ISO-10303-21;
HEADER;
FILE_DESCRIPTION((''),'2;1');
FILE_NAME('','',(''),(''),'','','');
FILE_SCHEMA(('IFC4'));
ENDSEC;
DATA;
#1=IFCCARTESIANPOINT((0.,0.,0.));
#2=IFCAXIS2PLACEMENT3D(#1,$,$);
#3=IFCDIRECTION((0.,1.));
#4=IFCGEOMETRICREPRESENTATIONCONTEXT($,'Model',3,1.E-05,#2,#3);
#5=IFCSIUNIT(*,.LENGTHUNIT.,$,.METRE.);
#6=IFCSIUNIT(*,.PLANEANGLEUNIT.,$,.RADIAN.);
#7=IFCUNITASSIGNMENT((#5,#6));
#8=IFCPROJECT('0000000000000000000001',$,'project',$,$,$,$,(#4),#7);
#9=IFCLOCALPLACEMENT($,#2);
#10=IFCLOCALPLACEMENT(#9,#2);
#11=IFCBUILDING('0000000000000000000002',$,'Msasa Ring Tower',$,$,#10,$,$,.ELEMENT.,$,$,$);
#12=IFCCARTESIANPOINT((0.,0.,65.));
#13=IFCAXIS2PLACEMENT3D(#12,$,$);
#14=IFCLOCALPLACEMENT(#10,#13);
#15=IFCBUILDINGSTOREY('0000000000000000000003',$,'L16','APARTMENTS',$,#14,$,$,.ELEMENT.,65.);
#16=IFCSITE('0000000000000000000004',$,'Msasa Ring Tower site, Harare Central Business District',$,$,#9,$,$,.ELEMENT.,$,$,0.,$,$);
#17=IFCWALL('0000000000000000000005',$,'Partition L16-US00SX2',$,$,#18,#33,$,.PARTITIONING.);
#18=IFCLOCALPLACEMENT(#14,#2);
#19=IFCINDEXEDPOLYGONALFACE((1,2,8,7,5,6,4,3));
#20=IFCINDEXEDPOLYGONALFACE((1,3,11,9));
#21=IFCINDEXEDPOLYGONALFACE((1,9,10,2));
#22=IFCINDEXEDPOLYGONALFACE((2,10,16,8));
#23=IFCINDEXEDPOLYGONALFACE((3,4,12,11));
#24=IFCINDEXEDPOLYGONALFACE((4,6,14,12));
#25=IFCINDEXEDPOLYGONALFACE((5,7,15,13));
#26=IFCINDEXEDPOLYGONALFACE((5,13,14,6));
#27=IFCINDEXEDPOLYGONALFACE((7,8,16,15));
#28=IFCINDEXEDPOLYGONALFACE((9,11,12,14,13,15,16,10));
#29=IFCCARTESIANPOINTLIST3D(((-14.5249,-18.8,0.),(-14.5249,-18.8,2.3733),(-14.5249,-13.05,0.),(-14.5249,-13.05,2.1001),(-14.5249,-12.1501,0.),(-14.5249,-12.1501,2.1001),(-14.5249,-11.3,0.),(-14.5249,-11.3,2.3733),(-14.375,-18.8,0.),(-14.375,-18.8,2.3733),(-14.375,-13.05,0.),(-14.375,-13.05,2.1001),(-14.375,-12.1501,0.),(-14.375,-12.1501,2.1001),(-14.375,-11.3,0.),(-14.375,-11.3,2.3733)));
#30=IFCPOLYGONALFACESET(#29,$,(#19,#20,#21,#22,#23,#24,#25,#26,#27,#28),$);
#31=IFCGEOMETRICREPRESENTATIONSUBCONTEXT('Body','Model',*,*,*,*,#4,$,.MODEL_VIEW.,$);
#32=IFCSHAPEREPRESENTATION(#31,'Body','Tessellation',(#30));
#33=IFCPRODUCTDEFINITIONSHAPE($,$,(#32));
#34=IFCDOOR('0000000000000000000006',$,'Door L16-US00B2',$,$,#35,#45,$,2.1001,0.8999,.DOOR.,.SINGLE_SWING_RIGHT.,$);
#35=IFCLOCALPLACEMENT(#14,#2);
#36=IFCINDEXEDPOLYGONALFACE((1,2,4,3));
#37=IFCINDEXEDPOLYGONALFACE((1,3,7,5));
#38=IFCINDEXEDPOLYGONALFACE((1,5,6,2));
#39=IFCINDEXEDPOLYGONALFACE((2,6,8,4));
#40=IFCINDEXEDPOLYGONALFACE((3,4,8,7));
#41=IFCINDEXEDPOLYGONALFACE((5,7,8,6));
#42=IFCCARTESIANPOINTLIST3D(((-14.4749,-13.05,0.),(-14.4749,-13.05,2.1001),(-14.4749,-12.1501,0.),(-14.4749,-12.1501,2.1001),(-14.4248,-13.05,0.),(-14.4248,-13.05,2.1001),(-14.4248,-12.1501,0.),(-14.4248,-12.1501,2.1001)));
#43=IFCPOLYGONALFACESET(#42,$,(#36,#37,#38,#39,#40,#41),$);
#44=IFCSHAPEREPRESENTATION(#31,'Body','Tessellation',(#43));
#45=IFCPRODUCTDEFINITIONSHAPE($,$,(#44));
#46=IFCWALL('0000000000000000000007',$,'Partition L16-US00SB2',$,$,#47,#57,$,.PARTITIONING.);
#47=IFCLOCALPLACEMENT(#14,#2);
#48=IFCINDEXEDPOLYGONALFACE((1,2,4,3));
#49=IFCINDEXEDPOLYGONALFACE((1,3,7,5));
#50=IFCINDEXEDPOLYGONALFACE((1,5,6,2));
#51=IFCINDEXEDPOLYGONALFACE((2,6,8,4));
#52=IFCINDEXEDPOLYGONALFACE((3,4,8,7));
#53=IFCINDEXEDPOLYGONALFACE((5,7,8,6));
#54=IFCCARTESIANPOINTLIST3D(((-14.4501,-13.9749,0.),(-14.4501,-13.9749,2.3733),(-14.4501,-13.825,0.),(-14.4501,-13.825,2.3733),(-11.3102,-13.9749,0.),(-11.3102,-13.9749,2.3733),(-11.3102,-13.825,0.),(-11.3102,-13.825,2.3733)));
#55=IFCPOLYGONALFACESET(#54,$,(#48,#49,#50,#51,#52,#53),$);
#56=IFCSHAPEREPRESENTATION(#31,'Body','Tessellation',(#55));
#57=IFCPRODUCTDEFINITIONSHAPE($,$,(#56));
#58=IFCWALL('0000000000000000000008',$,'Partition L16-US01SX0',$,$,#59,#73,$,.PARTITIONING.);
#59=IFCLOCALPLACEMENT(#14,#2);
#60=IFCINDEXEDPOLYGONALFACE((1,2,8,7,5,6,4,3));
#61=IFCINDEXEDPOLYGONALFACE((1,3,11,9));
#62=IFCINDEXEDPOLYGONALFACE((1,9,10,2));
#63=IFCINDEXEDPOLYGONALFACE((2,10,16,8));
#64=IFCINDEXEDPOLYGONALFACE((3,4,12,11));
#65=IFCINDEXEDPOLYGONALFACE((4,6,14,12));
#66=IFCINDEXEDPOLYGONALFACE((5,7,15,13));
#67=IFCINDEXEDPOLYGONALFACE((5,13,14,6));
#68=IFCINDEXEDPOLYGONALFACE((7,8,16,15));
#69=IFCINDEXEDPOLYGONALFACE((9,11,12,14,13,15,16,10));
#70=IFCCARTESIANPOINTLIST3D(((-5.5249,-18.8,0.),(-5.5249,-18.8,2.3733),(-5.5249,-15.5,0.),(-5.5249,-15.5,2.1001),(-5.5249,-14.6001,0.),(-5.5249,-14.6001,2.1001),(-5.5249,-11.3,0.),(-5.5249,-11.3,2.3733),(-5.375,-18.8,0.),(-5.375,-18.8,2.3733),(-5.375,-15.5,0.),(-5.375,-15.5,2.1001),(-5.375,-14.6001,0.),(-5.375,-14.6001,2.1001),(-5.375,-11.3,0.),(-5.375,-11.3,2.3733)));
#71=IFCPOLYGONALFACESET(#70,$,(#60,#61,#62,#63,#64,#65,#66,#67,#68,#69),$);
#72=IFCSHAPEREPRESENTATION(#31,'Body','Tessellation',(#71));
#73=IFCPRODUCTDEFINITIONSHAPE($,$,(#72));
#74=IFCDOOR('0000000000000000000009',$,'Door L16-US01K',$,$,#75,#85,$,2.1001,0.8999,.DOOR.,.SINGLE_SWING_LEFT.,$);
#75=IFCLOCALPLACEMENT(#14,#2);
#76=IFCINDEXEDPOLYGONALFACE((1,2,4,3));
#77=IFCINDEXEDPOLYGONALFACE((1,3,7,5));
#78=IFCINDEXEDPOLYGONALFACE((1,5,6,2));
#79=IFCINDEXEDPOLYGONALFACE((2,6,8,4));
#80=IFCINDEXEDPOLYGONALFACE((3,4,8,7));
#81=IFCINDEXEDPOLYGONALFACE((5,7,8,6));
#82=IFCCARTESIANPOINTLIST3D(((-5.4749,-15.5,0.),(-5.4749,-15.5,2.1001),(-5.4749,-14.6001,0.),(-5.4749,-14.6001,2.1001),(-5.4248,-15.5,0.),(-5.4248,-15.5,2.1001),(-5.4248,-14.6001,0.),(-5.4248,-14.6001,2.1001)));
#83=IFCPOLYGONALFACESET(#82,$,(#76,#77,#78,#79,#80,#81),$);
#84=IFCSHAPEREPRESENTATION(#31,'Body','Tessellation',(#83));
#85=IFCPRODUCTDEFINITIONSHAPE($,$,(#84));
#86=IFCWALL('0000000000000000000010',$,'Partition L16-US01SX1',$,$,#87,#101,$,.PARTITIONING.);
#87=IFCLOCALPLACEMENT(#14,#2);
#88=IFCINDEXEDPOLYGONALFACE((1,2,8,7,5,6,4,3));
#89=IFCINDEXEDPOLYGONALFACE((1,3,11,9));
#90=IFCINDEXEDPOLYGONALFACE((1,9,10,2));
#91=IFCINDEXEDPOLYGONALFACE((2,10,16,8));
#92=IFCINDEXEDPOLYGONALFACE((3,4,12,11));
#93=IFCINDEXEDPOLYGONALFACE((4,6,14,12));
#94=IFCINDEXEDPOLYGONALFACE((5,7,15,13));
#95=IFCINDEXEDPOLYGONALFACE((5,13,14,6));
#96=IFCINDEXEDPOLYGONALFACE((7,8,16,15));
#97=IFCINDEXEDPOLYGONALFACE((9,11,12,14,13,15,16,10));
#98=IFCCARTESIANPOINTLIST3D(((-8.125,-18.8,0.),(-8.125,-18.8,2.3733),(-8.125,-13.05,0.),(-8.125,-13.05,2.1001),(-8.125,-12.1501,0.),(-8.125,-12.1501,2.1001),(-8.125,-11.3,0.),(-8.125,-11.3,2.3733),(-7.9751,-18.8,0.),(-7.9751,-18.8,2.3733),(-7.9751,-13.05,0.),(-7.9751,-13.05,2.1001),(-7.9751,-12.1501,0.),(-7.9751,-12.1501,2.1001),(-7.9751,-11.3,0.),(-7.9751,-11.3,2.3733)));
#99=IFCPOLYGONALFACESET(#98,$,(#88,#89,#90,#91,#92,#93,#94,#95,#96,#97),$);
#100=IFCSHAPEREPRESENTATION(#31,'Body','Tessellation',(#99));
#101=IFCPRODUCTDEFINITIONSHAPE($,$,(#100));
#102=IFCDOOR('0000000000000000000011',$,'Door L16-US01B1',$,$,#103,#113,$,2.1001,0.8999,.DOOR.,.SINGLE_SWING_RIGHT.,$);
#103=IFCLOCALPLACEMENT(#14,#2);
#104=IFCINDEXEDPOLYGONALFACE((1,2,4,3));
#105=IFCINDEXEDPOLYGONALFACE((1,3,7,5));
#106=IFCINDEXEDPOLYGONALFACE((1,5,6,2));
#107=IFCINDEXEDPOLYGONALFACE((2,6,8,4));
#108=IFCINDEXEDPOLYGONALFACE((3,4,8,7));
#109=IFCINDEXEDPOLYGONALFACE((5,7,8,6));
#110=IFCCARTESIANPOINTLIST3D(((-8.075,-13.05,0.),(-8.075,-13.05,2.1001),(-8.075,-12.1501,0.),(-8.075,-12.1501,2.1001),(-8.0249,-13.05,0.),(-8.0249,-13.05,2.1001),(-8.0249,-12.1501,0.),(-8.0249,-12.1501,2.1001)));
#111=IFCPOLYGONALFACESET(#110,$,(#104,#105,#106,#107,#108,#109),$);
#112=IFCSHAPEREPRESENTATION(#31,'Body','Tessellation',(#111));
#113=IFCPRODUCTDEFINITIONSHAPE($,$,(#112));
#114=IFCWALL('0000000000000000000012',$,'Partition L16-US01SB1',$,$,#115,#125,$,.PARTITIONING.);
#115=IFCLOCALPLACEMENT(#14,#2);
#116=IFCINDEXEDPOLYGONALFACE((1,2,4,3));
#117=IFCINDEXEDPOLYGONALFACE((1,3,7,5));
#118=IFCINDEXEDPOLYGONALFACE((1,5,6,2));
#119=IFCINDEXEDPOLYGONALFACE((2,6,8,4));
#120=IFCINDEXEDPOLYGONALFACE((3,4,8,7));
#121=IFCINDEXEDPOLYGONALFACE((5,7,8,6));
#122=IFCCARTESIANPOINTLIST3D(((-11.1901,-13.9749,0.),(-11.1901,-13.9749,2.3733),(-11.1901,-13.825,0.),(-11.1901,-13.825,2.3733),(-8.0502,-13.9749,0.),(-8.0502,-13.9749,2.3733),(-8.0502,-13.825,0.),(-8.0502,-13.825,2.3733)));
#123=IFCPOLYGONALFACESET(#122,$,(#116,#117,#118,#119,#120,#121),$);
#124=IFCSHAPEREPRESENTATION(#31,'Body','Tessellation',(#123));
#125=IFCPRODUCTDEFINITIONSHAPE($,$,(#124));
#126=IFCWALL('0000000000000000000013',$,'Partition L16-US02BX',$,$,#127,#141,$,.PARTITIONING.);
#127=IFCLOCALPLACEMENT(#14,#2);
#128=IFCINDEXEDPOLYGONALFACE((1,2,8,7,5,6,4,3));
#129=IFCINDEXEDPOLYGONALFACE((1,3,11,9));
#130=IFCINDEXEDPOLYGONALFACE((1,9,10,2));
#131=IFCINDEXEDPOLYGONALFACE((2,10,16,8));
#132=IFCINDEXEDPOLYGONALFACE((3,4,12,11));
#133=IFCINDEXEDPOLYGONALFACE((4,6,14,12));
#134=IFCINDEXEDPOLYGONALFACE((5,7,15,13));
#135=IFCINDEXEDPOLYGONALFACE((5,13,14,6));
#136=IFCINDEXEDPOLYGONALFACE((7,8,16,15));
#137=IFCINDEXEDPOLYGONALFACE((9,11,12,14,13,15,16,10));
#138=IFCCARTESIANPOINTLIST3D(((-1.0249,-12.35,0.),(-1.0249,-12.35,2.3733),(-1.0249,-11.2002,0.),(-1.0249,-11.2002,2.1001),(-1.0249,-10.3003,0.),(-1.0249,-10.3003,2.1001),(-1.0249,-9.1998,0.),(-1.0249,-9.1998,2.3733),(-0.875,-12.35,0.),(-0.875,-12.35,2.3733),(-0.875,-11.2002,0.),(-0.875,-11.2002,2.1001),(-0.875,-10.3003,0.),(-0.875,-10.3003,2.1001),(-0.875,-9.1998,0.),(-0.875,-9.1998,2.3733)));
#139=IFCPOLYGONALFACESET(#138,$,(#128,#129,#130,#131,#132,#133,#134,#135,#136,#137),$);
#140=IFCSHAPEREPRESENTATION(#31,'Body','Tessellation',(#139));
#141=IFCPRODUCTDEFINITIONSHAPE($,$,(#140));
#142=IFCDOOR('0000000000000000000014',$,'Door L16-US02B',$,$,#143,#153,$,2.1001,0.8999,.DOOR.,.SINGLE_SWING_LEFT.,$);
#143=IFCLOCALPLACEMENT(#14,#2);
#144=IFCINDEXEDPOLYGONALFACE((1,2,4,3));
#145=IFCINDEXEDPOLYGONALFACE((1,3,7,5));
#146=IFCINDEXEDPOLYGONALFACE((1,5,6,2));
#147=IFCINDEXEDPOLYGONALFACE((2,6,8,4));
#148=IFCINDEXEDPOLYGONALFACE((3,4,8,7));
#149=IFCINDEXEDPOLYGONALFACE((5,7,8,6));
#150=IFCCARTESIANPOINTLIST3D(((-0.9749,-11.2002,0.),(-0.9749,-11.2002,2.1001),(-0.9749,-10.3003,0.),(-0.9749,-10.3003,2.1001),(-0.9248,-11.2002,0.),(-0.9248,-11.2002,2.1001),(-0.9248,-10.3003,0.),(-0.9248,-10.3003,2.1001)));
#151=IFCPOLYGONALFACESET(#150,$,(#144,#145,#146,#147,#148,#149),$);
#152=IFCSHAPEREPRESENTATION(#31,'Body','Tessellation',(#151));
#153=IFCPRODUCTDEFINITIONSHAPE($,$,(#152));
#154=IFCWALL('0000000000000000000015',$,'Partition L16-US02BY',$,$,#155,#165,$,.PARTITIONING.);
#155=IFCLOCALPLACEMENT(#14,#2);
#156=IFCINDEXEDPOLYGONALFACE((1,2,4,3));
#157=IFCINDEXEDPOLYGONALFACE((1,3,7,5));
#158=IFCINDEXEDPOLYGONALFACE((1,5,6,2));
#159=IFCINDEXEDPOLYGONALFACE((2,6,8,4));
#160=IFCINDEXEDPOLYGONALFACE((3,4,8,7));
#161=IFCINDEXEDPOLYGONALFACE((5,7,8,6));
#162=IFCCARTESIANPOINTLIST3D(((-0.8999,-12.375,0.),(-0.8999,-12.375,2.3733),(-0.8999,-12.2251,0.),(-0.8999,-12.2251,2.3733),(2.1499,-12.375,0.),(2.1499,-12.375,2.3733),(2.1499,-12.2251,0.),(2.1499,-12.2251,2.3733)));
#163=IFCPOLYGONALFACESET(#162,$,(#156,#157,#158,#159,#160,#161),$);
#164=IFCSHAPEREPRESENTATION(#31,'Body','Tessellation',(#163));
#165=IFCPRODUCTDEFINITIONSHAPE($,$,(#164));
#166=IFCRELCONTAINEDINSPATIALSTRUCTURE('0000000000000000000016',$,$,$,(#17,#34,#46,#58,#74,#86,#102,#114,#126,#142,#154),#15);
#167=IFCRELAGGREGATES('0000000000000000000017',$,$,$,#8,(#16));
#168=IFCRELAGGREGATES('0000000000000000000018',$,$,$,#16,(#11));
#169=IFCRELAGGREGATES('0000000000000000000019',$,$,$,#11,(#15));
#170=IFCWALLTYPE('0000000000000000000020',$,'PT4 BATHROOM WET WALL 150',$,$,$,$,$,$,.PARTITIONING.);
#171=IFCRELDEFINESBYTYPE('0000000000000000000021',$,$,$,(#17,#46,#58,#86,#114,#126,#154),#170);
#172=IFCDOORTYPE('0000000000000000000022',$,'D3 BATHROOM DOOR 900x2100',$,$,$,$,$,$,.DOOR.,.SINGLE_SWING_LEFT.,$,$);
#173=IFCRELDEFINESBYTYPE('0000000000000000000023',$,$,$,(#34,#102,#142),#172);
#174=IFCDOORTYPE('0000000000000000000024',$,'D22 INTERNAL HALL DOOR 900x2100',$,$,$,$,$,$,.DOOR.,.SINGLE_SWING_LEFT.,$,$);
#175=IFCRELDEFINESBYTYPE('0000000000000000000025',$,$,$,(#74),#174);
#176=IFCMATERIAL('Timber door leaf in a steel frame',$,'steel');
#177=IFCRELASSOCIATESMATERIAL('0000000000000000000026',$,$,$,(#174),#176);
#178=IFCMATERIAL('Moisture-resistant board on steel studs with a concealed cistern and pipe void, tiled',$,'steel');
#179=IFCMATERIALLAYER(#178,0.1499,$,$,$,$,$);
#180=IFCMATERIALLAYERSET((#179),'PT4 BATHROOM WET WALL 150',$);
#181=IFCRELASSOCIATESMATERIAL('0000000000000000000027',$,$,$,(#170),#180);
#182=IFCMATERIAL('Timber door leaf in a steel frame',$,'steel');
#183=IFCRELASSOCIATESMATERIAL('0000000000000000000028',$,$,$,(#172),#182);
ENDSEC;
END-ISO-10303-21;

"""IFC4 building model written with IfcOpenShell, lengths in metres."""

from ifc_helpers import new_model, si_unit, direction, frame, frame_2d, origin, place, context, subcontext, project, spatial, rectangle, extrude, material, layer, layer_set, type_object, element, fill, save


model = new_model("IFC4")

# Units and contexts
model_context = context("Model", 3, precision=1e-05, world=origin(), true_north=direction((0.0, 1.0)))
body_context = subcontext(model_context, "Body", "Model", "MODEL_VIEW")
ifc_project = project(units=[si_unit("LENGTHUNIT", "METRE"), si_unit("PLANEANGLEUNIT", "RADIAN")], contexts=[model_context])

# Site, building, storey
site_placement = place(None, origin())
site = spatial("IfcSite", under=ifc_project, at=site_placement, Name="Msasa Ring Tower site, Harare Central Business District", CompositionType="ELEMENT", RefElevation=0.0)
building_placement = place(site_placement, origin())
building = spatial("IfcBuilding", under=site, at=building_placement, Name="Msasa Ring Tower", CompositionType="ELEMENT")
storey_placement = place(building_placement, frame((0.0, 0.0, 65.0)))
storey = spatial("IfcBuildingStorey", under=building, at=storey_placement, Name="L16", Description="APARTMENTS", CompositionType="ELEMENT", Elevation=65.0)

# Shared definitions
ifc_material_1 = material(Name="Timber door leaf in a steel frame", Category="steel")
door_type_1 = type_object("IfcDoorType", Name="D22 INTERNAL HALL DOOR 900x2100", OperationType="SINGLE_SWING_LEFT", PredefinedType="DOOR", material=ifc_material_1)

# Wall, opening, door
ifc_material_2 = material(Name="Moisture-resistant board on steel studs with a concealed cistern and pipe void, tiled", Category="steel")
ifc_layer_1 = layer(ifc_material_2, 0.1499)
ifc_layer_set_1 = layer_set([ifc_layer_1], Name="PT4 BATHROOM WET WALL 150")
wall_type_1 = type_object("IfcWallType", Name="PT4 BATHROOM WET WALL 150", PredefinedType="PARTITIONING", material=ifc_layer_set_1)
wall_1_placement = place(storey_placement, frame((-14.45, -18.8, 0.0), z_axis=(0.0, 0.0, 1.0), x_axis=(0.0, 1.0, 0.0)))
wall_1 = element("IfcWall", 1, at=wall_1_placement, inside=storey, type_object=wall_type_1, Name="Partition L16-US00SX2", PredefinedType="PARTITIONING", context=body_context, shape_type="SweptSolid", body=[
    extrude(rectangle(XDim=7.5, YDim=0.1499, at=frame_2d((3.75, 0.0))), origin(), (0.0, 0.0, 1.0), 2.3733),
])
opening_1_placement = place(wall_1_placement, frame((5.75, 0.0, 0.0)))
opening_1 = element("IfcOpeningElement", 2, at=opening_1_placement, cuts=wall_1, PredefinedType="OPENING", context=body_context, shape_type="SweptSolid", body=[
    extrude(rectangle(XDim=0.8999, YDim=2.1001, at=frame_2d((0.45, 1.05))), frame((0.0, 0.085, 0.0), z_axis=(0.0, -1.0, 0.0), x_axis=(1.0, 0.0, 0.0)), (0.0, 0.0, 1.0), 0.1699),
])
ifc_material_3 = material(Name="Timber door leaf in a steel frame", Category="steel")
door_type_2 = type_object("IfcDoorType", Name="D3 BATHROOM DOOR 900x2100", OperationType="SINGLE_SWING_LEFT", PredefinedType="DOOR", material=ifc_material_3)
door_1_placement = place(opening_1_placement, origin())
door_1 = element("IfcDoor", 3, at=door_1_placement, inside=storey, type_object=door_type_2, Name="Door L16-US00B2", OperationType="SINGLE_SWING_RIGHT", OverallHeight=2.1001, OverallWidth=0.8999, PredefinedType="DOOR", context=body_context, shape_type="SweptSolid", body=[
    extrude(rectangle(XDim=0.8999, YDim=2.1001, at=frame_2d((0.45, 1.05))), frame((0.0, 0.0249, 0.0), z_axis=(0.0, -1.0, 0.0), x_axis=(1.0, 0.0, 0.0)), (0.0, 0.0, 1.0), 0.05),
])
fill(opening_1, door_1)

# Wall
wall_2_placement = place(storey_placement, frame((-14.45, -13.8999, 0.0), z_axis=(0.0, 0.0, 1.0), x_axis=(1.0, 0.0, 0.0)))
element("IfcWall", 4, at=wall_2_placement, inside=storey, type_object=wall_type_1, Name="Partition L16-US00SB2", PredefinedType="PARTITIONING", context=body_context, shape_type="SweptSolid", body=[
    extrude(rectangle(XDim=3.1399, YDim=0.1499, at=frame_2d((1.5698, 0.0))), origin(), (0.0, 0.0, 1.0), 2.3733),
])

# Walls, openings, doors
wall_3_placement = place(storey_placement, frame((-5.45, -18.8, 0.0), z_axis=(0.0, 0.0, 1.0), x_axis=(0.0, 1.0, 0.0)))
wall_3 = element("IfcWall", 5, at=wall_3_placement, inside=storey, type_object=wall_type_1, Name="Partition L16-US01SX0", PredefinedType="PARTITIONING", context=body_context, shape_type="SweptSolid", body=[
    extrude(rectangle(XDim=7.5, YDim=0.1499, at=frame_2d((3.75, 0.0))), origin(), (0.0, 0.0, 1.0), 2.3733),
])
opening_2_placement = place(wall_3_placement, frame((3.3, 0.0, 0.0)))
opening_2 = element("IfcOpeningElement", 6, at=opening_2_placement, cuts=wall_3, PredefinedType="OPENING", context=body_context, shape_type="SweptSolid", body=[
    extrude(rectangle(XDim=0.8999, YDim=2.1001, at=frame_2d((0.45, 1.05))), frame((0.0, 0.085, 0.0), z_axis=(0.0, -1.0, 0.0), x_axis=(1.0, 0.0, 0.0)), (0.0, 0.0, 1.0), 0.1699),
])
door_2_placement = place(opening_2_placement, origin())
door_2 = element("IfcDoor", 7, at=door_2_placement, inside=storey, type_object=door_type_1, Name="Door L16-US01K", OperationType="SINGLE_SWING_LEFT", OverallHeight=2.1001, OverallWidth=0.8999, PredefinedType="DOOR", context=body_context, shape_type="SweptSolid", body=[
    extrude(rectangle(XDim=0.8999, YDim=2.1001, at=frame_2d((0.45, 1.05))), frame((0.0, 0.0249, 0.0), z_axis=(0.0, -1.0, 0.0), x_axis=(1.0, 0.0, 0.0)), (0.0, 0.0, 1.0), 0.05),
])
fill(opening_2, door_2)
wall_4_placement = place(storey_placement, frame((-8.05, -18.8, 0.0), z_axis=(0.0, 0.0, 1.0), x_axis=(0.0, 1.0, 0.0)))
wall_4 = element("IfcWall", 8, at=wall_4_placement, inside=storey, type_object=wall_type_1, Name="Partition L16-US01SX1", PredefinedType="PARTITIONING", context=body_context, shape_type="SweptSolid", body=[
    extrude(rectangle(XDim=7.5, YDim=0.1499, at=frame_2d((3.75, 0.0))), origin(), (0.0, 0.0, 1.0), 2.3733),
])
opening_3_placement = place(wall_4_placement, frame((5.75, 0.0, 0.0)))
opening_3 = element("IfcOpeningElement", 9, at=opening_3_placement, cuts=wall_4, PredefinedType="OPENING", context=body_context, shape_type="SweptSolid", body=[
    extrude(rectangle(XDim=0.8999, YDim=2.1001, at=frame_2d((0.45, 1.05))), frame((0.0, 0.085, 0.0), z_axis=(0.0, -1.0, 0.0), x_axis=(1.0, 0.0, 0.0)), (0.0, 0.0, 1.0), 0.1699),
])
door_3_placement = place(opening_3_placement, origin())
door_3 = element("IfcDoor", 10, at=door_3_placement, inside=storey, type_object=door_type_2, Name="Door L16-US01B1", OperationType="SINGLE_SWING_RIGHT", OverallHeight=2.1001, OverallWidth=0.8999, PredefinedType="DOOR", context=body_context, shape_type="SweptSolid", body=[
    extrude(rectangle(XDim=0.8999, YDim=2.1001, at=frame_2d((0.45, 1.05))), frame((0.0, 0.0249, 0.0), z_axis=(0.0, -1.0, 0.0), x_axis=(1.0, 0.0, 0.0)), (0.0, 0.0, 1.0), 0.05),
])
fill(opening_3, door_3)

# Wall
wall_5_placement = place(storey_placement, frame((-11.1899, -13.8999, 0.0), z_axis=(0.0, 0.0, 1.0), x_axis=(1.0, 0.0, 0.0)))
element("IfcWall", 11, at=wall_5_placement, inside=storey, type_object=wall_type_1, Name="Partition L16-US01SB1", PredefinedType="PARTITIONING", context=body_context, shape_type="SweptSolid", body=[
    extrude(rectangle(XDim=3.1399, YDim=0.1499, at=frame_2d((1.5698, 0.0))), origin(), (0.0, 0.0, 1.0), 2.3733),
])

# Wall, opening, door
wall_6_placement = place(storey_placement, frame((-0.95, -12.3501, 0.0), z_axis=(0.0, 0.0, 1.0), x_axis=(0.0, 1.0, 0.0)))
wall_6 = element("IfcWall", 12, at=wall_6_placement, inside=storey, type_object=wall_type_1, Name="Partition L16-US02BX", PredefinedType="PARTITIONING", context=body_context, shape_type="SweptSolid", body=[
    extrude(rectangle(XDim=3.1501, YDim=0.1499, at=frame_2d((1.5752, 0.0))), origin(), (0.0, 0.0, 1.0), 2.3733),
])
opening_4_placement = place(wall_6_placement, frame((1.1499, 0.0, 0.0)))
opening_4 = element("IfcOpeningElement", 13, at=opening_4_placement, cuts=wall_6, PredefinedType="OPENING", context=body_context, shape_type="SweptSolid", body=[
    extrude(rectangle(XDim=0.8999, YDim=2.1001, at=frame_2d((0.45, 1.05))), frame((0.0, 0.085, 0.0), z_axis=(0.0, -1.0, 0.0), x_axis=(1.0, 0.0, 0.0)), (0.0, 0.0, 1.0), 0.1699),
])
door_4_placement = place(opening_4_placement, origin())
door_4 = element("IfcDoor", 14, at=door_4_placement, inside=storey, type_object=door_type_2, Name="Door L16-US02B", OperationType="SINGLE_SWING_LEFT", OverallHeight=2.1001, OverallWidth=0.8999, PredefinedType="DOOR", context=body_context, shape_type="SweptSolid", body=[
    extrude(rectangle(XDim=0.8999, YDim=2.1001, at=frame_2d((0.45, 1.05))), frame((0.0, 0.0249, 0.0), z_axis=(0.0, -1.0, 0.0), x_axis=(1.0, 0.0, 0.0)), (0.0, 0.0, 1.0), 0.05),
])
fill(opening_4, door_4)

# Wall
wall_7_placement = place(storey_placement, frame((-0.8999, -12.3, 0.0), z_axis=(0.0, 0.0, 1.0), x_axis=(1.0, 0.0, 0.0)))
element("IfcWall", 15, at=wall_7_placement, inside=storey, type_object=wall_type_1, Name="Partition L16-US02BY", PredefinedType="PARTITIONING", context=body_context, shape_type="SweptSolid", body=[
    extrude(rectangle(XDim=3.0498, YDim=0.1499, at=frame_2d((1.5249, 0.0))), origin(), (0.0, 0.0, 1.0), 2.3733),
])

save(model, "model.ifc")
